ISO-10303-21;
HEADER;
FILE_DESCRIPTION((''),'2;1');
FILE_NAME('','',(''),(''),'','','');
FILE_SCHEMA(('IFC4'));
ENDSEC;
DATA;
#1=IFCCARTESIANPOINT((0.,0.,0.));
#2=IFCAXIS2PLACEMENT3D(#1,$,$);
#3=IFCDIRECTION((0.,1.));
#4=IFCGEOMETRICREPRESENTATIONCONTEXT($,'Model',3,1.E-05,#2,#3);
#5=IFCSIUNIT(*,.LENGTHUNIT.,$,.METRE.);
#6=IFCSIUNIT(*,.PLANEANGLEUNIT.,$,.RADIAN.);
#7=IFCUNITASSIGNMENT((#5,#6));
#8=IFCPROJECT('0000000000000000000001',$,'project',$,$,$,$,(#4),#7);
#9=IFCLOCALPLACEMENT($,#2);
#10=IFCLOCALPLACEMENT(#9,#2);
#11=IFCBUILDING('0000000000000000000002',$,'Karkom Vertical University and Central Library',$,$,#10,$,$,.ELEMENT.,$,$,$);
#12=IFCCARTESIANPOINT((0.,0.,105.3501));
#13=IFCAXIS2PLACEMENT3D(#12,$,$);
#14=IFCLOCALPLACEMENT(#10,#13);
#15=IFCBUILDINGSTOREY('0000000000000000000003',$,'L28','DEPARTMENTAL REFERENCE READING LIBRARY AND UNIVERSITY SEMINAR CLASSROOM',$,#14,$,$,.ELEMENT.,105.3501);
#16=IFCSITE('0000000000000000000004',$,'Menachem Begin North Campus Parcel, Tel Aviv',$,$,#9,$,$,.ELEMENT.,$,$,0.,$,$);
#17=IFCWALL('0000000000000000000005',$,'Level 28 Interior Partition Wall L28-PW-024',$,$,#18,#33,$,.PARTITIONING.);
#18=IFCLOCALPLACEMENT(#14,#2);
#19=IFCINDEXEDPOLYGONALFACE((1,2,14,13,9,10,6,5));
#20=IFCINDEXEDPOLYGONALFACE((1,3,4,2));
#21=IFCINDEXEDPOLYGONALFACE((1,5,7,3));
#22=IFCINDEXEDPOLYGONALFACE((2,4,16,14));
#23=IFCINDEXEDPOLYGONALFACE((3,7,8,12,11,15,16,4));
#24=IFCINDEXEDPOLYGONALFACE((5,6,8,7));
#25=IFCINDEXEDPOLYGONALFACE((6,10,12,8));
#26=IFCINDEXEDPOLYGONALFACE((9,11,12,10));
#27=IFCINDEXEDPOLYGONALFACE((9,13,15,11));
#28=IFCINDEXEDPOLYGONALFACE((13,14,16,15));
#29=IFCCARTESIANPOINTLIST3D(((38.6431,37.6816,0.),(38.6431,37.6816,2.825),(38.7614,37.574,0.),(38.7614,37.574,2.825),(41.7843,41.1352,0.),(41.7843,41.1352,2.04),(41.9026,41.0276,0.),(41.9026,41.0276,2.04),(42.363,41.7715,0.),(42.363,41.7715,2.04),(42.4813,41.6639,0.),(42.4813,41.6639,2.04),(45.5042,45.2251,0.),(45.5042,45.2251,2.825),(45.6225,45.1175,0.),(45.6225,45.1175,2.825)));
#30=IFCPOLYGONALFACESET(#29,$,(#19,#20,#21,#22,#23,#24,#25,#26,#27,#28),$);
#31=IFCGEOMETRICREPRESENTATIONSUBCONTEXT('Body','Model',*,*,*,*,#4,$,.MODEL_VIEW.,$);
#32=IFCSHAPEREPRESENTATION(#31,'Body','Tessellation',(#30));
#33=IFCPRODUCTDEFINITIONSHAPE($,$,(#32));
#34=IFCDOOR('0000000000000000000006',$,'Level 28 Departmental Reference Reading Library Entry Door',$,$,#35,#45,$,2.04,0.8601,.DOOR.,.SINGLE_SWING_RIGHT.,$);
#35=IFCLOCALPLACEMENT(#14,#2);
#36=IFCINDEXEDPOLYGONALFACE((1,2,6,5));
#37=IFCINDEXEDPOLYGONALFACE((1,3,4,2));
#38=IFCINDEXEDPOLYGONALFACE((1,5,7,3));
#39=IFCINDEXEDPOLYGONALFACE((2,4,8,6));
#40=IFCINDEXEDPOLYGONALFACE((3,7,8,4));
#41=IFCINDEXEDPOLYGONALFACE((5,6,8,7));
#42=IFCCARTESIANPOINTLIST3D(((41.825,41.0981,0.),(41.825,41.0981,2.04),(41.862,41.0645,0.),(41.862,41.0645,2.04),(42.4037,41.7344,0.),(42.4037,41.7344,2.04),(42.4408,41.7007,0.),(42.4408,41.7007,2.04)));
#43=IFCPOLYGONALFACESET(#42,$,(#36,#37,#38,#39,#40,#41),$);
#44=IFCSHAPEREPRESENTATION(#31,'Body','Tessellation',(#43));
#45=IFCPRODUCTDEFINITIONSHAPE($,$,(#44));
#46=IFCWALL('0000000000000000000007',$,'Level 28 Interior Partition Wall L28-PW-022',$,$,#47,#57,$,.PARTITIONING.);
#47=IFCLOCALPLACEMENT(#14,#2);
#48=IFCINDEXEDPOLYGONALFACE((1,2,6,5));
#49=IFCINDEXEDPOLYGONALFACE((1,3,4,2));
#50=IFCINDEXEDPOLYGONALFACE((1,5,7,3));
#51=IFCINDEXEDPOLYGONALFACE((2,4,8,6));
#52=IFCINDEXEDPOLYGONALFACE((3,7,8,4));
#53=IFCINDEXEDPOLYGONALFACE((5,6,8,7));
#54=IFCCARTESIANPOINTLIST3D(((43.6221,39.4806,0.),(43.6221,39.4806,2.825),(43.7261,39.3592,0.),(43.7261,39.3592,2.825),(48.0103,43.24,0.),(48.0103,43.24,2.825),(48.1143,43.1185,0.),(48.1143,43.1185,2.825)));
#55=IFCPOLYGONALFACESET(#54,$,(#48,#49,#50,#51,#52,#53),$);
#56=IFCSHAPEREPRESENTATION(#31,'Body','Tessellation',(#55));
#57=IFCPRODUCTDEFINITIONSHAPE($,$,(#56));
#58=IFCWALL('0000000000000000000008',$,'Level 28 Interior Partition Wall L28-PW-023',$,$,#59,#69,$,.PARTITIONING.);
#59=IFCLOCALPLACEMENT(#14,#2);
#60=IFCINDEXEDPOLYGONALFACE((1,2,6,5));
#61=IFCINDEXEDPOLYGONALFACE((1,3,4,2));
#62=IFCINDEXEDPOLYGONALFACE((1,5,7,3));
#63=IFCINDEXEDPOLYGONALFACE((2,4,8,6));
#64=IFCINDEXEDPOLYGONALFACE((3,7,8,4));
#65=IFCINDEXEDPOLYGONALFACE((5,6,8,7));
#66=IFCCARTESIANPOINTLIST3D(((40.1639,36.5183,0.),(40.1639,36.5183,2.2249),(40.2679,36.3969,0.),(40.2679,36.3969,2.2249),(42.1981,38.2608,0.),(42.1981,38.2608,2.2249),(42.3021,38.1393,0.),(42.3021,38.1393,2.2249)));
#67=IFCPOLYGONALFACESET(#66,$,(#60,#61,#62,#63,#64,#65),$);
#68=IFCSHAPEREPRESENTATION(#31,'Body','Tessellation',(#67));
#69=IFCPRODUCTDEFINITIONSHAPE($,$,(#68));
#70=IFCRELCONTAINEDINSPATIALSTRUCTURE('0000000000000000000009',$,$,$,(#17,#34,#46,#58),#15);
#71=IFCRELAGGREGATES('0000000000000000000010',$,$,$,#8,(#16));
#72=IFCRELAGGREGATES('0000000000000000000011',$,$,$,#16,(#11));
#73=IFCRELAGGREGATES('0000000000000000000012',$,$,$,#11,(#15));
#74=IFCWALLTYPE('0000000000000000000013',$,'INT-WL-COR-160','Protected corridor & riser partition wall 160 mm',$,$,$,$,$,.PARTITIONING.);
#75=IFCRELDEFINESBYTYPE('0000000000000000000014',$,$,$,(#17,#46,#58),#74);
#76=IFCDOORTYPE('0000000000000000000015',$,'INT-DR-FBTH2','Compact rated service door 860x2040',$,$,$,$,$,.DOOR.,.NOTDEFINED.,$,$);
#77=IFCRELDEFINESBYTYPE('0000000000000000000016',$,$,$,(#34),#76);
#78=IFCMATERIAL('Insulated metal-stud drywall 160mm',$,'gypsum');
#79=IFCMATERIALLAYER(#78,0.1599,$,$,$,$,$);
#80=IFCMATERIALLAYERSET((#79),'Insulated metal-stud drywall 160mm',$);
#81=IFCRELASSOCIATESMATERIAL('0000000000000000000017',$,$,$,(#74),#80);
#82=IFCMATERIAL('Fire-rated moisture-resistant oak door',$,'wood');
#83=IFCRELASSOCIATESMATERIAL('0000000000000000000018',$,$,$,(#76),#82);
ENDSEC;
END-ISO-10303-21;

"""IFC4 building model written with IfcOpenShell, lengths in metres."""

from ifc_helpers import new_model, si_unit, direction, frame, frame_2d, origin, origin_with_axes, place, context, subcontext, project, spatial, rectangle, extrude, source, transform, mapped, material, layer, layer_set, type_object, element, fill, save


model = new_model("IFC4")

# Units and contexts
model_context = context("Model", 3, precision=1e-05, world=origin(), true_north=direction((0.0, 1.0)))
body_context = subcontext(model_context, "Body", "Model", "MODEL_VIEW")
ifc_project = project(units=[si_unit("LENGTHUNIT", "METRE"), si_unit("PLANEANGLEUNIT", "RADIAN")], contexts=[model_context])

# Site, building, storey
site_placement = place(None, origin())
site = spatial("IfcSite", under=ifc_project, at=site_placement, Name="Menachem Begin North Campus Parcel, Tel Aviv", CompositionType="ELEMENT", RefElevation=0.0)
building_placement = place(site_placement, origin())
building = spatial("IfcBuilding", under=site, at=building_placement, Name="Karkom Vertical University and Central Library", CompositionType="ELEMENT")
storey_placement = place(building_placement, frame((0.0, 0.0, 105.3501)))
storey = spatial("IfcBuildingStorey", under=building, at=storey_placement, Name="L28", Description="DEPARTMENTAL REFERENCE READING LIBRARY AND UNIVERSITY SEMINAR CLASSROOM", CompositionType="ELEMENT", Elevation=105.3501)

# Shared definitions
ifc_material_1 = material(Name="Insulated metal-stud drywall 160mm", Category="gypsum")
ifc_layer_1 = layer(ifc_material_1, 0.1599)
ifc_layer_set_1 = layer_set([ifc_layer_1], Name="Insulated metal-stud drywall 160mm")
wall_type_1 = type_object("IfcWallType", Name="INT-WL-COR-160", Description="Protected corridor & riser partition wall 160 mm", PredefinedType="PARTITIONING", material=ifc_layer_set_1)

# Wall, opening, door
wall_1_placement = place(storey_placement, frame((38.7021, 37.6277, 0.0), z_axis=(0.0, 0.0, 1.0), x_axis=(0.672855, 0.739774, 0.0)))
wall_1 = element("IfcWall", 1, at=wall_1_placement, inside=storey, type_object=wall_type_1, Name="Level 28 Interior Partition Wall L28-PW-024", PredefinedType="PARTITIONING", context=body_context, shape_type="SweptSolid", body=[
    extrude(rectangle(XDim=10.197, YDim=0.1599, at=frame_2d((5.0986, 0.0))), origin(), (0.0, 0.0, 1.0), 2.825),
])
opening_1_placement = place(wall_1_placement, frame((4.6685, 0.0, 0.0)))
opening_1 = element("IfcOpeningElement", 2, at=opening_1_placement, cuts=wall_1, PredefinedType="OPENING", context=body_context, shape_type="SweptSolid", body=[
    extrude(rectangle(XDim=0.8601, YDim=2.04, at=frame_2d((0.4302, 1.02))), frame((0.0, 0.0898, 0.0), z_axis=(0.0, -1.0, 0.0), x_axis=(1.0, 0.0, 0.0)), (0.0, 0.0, 1.0), 0.1799),
])
ifc_material_2 = material(Name="Fire-rated moisture-resistant oak door", Category="wood")
door_type_1 = type_object("IfcDoorType", Name="INT-DR-FBTH2", Description="Compact rated service door 860x2040", OperationType="NOTDEFINED", PredefinedType="DOOR", material=ifc_material_2)
shared_shape_1 = source(origin_with_axes(), body_context, "Body", "SweptSolid", [
    extrude(rectangle(XDim=0.8601, YDim=2.04, at=frame_2d((0.4302, 1.02))), frame((0.0, 0.0249, 0.0), z_axis=(0.0, -1.0, 0.0), x_axis=(1.0, 0.0, 0.0)), (0.0, 0.0, 1.0), 0.05),
])
door_1_placement = place(opening_1_placement, origin())
door_1 = element("IfcDoor", 3, at=door_1_placement, inside=storey, type_object=door_type_1, Name="Level 28 Departmental Reference Reading Library Entry Door", OperationType="SINGLE_SWING_RIGHT", OverallHeight=2.04, OverallWidth=0.8601, PredefinedType="DOOR", context=body_context, shape_type="MappedRepresentation", body=[
    mapped(shared_shape_1, transform((0.0, 0.0, 0.0), scale=1.0)),
])
fill(opening_1, door_1)

# Walls
wall_2_placement = place(storey_placement, frame((43.6741, 39.4199, 0.0), z_axis=(0.0, 0.0, 1.0), x_axis=(0.75943, 0.65059, 0.0)))
element("IfcWall", 4, at=wall_2_placement, inside=storey, type_object=wall_type_1, Name="Level 28 Interior Partition Wall L28-PW-022", PredefinedType="PARTITIONING", context=body_context, shape_type="SweptSolid", body=[
    extrude(rectangle(XDim=5.7783, YDim=0.1599, at=frame_2d((2.8892, 0.0))), origin(), (0.0, 0.0, 1.0), 2.825),
])
wall_3_placement = place(storey_placement, frame((40.2158, 36.4575, 0.0), z_axis=(0.0, 0.0, 1.0), x_axis=(0.759469, 0.650544, 0.0)))
element("IfcWall", 5, at=wall_3_placement, inside=storey, type_object=wall_type_1, Name="Level 28 Interior Partition Wall L28-PW-023", PredefinedType="PARTITIONING", context=body_context, shape_type="SweptSolid", body=[
    extrude(rectangle(XDim=2.6785, YDim=0.1599, at=frame_2d((1.3394, 0.0))), origin(), (0.0, 0.0, 1.0), 2.2249),
])

save(model, "model.ifc")
